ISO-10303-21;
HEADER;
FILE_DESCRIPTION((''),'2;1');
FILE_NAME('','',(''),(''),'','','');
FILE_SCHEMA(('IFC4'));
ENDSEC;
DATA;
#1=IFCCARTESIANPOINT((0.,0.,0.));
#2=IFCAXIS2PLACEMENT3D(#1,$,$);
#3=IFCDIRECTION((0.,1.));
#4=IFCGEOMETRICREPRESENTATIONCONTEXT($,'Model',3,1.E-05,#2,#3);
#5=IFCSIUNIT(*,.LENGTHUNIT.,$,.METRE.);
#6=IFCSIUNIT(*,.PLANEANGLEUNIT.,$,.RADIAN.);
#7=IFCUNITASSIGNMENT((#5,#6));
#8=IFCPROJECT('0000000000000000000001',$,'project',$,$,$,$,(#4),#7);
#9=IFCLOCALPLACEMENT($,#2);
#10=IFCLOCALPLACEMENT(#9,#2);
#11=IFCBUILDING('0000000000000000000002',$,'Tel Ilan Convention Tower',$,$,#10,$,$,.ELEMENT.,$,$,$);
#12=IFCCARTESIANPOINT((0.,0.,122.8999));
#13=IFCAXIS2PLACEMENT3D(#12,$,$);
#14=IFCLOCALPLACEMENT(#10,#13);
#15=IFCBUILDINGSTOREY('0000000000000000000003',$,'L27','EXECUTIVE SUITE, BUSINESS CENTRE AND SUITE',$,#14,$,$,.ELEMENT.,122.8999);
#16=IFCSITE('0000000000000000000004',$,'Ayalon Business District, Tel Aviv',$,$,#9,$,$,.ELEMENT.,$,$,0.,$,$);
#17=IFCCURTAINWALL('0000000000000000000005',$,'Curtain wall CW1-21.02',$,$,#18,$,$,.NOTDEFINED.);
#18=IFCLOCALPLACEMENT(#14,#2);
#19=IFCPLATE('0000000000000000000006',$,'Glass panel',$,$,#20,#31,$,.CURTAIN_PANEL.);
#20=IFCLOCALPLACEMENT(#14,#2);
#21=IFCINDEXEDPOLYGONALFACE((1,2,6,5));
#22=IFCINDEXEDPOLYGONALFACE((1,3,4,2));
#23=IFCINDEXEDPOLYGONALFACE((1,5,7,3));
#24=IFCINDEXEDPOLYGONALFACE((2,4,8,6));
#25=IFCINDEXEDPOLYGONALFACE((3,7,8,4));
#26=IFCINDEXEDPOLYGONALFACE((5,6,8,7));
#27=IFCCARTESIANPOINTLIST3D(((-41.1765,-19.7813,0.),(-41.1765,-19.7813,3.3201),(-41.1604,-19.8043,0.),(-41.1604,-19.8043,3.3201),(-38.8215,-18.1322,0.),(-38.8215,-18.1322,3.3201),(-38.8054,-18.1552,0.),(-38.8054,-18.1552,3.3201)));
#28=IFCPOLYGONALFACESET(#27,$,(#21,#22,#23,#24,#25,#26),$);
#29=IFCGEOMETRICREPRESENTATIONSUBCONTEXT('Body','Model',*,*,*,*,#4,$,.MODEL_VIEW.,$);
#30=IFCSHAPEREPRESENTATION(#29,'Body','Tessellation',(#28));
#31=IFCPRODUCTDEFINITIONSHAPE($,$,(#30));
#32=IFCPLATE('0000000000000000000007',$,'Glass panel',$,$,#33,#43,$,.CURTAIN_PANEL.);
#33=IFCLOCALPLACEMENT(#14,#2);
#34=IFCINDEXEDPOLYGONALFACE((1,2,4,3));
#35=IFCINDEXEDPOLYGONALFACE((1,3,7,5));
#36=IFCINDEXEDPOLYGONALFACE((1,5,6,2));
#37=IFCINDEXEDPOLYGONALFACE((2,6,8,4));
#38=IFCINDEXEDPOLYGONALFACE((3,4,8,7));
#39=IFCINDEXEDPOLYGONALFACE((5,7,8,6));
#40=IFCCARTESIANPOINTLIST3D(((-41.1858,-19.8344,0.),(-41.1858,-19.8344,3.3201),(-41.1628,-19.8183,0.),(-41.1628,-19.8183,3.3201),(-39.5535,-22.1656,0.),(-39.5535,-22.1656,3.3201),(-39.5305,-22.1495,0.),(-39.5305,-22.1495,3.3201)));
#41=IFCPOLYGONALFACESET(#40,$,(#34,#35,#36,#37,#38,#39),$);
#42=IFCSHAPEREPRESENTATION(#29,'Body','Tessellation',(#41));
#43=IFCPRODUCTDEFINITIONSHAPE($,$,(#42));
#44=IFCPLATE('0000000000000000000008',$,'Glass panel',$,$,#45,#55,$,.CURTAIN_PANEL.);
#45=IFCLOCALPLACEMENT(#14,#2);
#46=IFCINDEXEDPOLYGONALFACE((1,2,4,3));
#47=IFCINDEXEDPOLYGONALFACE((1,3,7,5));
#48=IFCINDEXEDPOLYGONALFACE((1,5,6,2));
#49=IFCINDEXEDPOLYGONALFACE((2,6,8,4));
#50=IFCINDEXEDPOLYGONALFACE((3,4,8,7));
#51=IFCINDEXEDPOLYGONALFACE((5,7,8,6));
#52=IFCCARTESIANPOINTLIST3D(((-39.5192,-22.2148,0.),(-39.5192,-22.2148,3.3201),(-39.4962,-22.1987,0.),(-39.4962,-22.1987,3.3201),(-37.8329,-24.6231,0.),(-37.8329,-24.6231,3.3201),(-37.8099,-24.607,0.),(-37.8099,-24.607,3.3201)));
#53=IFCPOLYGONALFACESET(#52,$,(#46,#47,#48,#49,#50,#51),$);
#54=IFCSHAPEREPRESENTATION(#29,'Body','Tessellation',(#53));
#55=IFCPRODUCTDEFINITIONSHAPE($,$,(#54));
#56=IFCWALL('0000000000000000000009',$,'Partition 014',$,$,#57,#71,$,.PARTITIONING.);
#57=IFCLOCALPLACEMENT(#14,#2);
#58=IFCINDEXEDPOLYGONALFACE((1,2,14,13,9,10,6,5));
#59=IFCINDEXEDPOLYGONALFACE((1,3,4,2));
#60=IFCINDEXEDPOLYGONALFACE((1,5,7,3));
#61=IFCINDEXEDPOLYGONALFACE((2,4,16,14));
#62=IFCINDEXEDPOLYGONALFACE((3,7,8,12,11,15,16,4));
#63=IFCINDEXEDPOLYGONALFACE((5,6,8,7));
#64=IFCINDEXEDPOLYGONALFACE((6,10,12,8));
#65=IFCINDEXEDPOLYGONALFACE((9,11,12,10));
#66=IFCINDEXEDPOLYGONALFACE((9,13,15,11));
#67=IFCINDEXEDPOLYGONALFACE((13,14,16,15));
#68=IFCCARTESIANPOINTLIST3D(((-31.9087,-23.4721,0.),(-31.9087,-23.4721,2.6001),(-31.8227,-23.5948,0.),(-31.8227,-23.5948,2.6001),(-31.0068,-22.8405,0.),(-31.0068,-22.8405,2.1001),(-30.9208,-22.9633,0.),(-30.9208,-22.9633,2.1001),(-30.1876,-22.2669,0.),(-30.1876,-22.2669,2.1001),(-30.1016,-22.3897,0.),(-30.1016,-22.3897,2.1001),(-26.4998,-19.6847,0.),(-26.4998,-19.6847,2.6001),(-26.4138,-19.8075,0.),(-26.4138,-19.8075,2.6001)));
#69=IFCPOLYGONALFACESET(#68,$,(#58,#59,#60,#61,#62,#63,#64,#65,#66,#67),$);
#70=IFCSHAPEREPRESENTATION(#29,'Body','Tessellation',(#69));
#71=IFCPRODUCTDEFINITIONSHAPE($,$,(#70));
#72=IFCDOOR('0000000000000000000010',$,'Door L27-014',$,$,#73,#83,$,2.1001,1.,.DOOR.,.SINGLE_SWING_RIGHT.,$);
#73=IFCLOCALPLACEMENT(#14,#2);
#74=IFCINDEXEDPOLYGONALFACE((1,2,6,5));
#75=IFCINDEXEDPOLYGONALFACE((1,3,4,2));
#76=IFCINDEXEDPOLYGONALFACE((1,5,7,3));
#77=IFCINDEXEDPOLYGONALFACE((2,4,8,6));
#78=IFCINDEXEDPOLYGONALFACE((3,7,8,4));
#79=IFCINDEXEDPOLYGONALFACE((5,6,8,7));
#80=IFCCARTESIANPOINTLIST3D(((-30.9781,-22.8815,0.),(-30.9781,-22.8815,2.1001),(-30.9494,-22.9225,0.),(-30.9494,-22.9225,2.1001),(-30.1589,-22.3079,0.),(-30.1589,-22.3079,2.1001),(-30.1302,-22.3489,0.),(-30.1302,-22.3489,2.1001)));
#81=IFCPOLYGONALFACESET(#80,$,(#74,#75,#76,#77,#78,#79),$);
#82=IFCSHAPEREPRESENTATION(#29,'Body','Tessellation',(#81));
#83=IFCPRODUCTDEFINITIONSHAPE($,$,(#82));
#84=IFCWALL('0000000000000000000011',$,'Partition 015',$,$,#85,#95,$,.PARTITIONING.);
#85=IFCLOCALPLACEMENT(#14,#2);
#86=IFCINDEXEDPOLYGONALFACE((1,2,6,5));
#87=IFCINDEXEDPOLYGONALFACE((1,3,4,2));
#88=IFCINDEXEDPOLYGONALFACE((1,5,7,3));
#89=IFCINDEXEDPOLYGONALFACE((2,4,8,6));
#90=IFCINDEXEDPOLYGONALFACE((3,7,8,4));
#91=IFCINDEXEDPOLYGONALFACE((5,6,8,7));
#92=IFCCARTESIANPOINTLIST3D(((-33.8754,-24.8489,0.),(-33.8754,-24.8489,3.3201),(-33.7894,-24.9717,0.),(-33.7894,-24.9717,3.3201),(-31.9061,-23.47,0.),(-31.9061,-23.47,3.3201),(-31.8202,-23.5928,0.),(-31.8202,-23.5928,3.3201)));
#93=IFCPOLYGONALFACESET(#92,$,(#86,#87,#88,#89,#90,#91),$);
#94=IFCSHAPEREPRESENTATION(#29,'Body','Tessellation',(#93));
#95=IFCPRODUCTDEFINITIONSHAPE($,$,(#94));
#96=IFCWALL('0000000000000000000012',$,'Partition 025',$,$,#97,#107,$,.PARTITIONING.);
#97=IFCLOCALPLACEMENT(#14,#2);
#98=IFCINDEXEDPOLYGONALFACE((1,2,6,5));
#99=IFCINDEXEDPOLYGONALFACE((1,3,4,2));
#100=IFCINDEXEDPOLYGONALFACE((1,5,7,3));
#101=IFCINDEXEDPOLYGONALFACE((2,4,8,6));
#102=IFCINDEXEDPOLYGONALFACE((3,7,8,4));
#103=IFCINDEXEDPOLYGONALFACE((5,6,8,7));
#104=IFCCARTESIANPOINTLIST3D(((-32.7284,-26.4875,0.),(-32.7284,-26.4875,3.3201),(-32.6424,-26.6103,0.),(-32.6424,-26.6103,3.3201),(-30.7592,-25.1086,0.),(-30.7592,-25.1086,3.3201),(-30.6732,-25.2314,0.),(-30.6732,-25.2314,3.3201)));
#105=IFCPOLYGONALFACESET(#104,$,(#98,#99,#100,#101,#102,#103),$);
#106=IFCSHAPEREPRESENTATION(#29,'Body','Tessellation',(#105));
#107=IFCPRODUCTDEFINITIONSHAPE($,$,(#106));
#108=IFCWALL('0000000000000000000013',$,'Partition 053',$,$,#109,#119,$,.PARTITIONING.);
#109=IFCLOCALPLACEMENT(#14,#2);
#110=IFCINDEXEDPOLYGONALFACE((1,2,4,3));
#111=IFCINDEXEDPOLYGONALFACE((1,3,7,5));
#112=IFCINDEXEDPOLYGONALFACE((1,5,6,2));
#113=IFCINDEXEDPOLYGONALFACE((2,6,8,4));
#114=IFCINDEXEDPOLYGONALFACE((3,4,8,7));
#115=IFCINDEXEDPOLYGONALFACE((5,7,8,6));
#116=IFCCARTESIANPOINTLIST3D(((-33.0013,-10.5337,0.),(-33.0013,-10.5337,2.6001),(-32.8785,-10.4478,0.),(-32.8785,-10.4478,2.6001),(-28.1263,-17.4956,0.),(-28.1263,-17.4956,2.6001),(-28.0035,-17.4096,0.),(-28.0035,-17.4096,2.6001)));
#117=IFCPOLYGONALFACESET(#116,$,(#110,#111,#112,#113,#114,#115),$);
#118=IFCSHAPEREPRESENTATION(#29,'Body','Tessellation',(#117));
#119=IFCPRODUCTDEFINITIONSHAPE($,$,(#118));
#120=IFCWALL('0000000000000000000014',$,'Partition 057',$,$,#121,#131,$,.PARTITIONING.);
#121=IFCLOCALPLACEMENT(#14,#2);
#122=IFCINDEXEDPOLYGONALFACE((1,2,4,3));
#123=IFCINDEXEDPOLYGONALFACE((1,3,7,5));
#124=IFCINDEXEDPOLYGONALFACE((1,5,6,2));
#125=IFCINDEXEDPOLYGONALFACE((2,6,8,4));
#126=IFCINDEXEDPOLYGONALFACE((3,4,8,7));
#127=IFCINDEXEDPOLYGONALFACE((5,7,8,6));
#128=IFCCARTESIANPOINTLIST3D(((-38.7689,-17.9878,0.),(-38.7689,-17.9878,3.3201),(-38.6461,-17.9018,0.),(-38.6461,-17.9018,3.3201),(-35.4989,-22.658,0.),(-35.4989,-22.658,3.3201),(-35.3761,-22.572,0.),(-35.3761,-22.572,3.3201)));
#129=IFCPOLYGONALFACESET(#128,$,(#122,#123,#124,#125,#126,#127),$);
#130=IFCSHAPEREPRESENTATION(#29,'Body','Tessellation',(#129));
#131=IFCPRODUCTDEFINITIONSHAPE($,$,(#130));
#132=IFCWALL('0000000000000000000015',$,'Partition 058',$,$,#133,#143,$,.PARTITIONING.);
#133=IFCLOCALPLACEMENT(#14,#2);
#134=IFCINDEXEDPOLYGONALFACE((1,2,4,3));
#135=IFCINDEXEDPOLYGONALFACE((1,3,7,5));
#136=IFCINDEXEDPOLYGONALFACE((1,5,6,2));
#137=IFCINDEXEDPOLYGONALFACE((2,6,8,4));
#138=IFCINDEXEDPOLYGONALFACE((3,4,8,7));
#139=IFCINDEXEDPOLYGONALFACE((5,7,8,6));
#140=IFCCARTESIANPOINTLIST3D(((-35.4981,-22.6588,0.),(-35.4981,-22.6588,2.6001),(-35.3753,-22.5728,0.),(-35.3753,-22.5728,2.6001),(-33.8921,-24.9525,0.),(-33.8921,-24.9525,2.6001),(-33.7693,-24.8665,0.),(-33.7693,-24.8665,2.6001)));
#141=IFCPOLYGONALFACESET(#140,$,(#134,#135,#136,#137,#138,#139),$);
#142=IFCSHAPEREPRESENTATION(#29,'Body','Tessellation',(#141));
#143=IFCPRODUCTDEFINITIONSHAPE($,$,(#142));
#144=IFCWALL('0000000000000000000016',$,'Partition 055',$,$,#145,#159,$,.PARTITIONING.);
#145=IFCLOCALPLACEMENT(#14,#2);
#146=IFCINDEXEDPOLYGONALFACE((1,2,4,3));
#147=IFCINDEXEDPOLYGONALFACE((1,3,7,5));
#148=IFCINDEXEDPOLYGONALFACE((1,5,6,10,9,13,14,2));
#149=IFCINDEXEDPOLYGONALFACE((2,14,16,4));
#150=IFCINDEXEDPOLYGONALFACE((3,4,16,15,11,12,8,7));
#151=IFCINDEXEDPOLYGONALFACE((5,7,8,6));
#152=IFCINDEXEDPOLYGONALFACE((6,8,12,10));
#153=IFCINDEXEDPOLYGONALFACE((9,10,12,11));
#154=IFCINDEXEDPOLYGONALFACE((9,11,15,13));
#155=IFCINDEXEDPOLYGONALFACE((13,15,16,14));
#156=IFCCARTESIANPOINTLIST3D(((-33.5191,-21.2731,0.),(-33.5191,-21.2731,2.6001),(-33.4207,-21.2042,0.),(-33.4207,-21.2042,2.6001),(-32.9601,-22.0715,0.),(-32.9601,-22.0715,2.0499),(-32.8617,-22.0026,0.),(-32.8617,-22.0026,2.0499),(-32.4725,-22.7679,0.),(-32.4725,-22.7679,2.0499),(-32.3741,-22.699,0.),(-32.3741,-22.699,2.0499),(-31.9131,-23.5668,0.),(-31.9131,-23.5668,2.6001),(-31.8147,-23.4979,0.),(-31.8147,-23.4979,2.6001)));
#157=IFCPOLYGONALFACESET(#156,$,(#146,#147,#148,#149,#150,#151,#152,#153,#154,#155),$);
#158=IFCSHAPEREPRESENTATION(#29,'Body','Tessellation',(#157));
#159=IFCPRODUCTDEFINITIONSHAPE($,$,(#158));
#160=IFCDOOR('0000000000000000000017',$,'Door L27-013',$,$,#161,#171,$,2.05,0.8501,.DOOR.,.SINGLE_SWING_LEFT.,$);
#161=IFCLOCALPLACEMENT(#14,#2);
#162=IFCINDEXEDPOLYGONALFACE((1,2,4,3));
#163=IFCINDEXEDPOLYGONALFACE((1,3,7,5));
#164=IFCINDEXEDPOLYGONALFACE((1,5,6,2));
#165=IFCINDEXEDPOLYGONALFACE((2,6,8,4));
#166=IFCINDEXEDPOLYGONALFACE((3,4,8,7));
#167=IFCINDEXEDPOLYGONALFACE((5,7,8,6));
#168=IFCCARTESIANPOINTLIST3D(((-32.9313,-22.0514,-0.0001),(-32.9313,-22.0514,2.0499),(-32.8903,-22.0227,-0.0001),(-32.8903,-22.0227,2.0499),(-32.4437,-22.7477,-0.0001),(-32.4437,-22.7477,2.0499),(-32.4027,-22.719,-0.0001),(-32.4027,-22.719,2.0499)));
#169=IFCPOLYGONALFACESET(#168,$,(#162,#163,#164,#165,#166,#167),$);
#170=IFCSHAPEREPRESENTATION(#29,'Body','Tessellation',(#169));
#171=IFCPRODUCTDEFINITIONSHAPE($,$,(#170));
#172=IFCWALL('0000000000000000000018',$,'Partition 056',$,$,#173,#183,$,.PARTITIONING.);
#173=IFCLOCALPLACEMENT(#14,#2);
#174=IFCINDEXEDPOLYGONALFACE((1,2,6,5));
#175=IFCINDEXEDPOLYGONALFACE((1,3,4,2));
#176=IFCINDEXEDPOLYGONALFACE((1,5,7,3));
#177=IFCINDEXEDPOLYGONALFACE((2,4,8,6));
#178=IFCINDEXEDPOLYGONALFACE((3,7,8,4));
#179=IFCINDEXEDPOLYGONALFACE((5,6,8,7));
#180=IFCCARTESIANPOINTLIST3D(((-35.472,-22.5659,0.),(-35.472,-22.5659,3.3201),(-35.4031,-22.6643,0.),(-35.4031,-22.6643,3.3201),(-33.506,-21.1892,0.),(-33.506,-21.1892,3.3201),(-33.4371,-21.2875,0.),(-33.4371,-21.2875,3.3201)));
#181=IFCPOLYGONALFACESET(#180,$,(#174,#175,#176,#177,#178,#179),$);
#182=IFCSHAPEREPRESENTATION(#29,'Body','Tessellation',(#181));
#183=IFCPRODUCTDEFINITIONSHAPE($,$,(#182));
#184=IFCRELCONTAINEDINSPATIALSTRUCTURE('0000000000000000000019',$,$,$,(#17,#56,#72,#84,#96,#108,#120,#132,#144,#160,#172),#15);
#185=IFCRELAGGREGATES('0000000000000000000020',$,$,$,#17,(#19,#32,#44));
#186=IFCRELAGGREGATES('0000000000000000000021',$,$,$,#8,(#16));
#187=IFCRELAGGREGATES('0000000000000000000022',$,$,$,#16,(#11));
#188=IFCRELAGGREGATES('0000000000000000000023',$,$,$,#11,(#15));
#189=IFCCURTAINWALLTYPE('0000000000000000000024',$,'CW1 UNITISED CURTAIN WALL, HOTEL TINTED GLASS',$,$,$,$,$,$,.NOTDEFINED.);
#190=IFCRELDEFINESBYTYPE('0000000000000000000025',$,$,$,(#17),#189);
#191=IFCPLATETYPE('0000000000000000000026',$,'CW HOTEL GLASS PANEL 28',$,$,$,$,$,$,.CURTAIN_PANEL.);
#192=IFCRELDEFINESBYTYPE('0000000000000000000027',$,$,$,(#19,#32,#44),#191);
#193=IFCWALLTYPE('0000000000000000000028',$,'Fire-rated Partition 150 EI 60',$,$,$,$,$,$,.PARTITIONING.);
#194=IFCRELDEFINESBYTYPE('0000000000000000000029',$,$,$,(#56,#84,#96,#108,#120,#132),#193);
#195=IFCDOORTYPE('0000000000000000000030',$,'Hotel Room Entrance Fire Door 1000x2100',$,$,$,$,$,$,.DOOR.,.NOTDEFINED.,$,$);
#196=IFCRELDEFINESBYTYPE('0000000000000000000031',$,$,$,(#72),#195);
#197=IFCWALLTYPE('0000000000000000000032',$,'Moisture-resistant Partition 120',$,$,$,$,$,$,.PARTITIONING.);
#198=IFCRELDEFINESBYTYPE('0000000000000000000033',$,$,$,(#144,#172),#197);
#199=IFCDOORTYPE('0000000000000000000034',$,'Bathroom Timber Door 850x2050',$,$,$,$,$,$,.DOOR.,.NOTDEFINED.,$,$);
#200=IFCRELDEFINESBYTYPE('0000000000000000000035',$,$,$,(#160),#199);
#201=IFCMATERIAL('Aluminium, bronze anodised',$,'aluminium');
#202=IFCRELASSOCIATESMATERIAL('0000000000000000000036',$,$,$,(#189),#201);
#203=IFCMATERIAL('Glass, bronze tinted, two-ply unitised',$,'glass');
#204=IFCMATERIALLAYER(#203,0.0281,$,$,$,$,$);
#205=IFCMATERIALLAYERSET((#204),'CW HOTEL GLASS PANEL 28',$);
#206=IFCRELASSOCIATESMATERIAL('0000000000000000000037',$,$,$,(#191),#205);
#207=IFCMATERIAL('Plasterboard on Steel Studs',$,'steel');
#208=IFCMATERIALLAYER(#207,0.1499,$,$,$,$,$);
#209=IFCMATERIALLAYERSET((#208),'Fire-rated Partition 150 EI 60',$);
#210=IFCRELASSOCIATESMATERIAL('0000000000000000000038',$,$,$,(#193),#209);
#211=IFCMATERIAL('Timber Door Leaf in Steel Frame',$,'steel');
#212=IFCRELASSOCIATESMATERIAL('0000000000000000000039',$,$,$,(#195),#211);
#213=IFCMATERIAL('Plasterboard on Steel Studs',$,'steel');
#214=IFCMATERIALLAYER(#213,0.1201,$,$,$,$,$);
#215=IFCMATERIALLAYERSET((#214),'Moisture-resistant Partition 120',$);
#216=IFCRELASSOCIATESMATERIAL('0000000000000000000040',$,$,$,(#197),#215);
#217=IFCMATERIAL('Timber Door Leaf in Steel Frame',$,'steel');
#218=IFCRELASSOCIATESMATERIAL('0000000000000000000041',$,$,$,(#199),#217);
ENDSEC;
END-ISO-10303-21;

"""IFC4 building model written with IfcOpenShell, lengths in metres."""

from ifc_helpers import new_model, si_unit, direction, frame, frame_2d, origin, origin_2d, place, context, subcontext, project, spatial, rectangle, extrude, material, layer, layer_set, type_object, element, fill, aggregate, save


model = new_model("IFC4")

# Units and contexts
model_context = context("Model", 3, precision=1e-05, world=origin(), true_north=direction((0.0, 1.0)))
body_context = subcontext(model_context, "Body", "Model", "MODEL_VIEW")
ifc_project = project(units=[si_unit("LENGTHUNIT", "METRE"), si_unit("PLANEANGLEUNIT", "RADIAN")], contexts=[model_context])

# Site, building, storey
site_placement = place(None, origin())
site = spatial("IfcSite", under=ifc_project, at=site_placement, Name="Ayalon Business District, Tel Aviv", CompositionType="ELEMENT", RefElevation=0.0)
building_placement = place(site_placement, origin())
building = spatial("IfcBuilding", under=site, at=building_placement, Name="Tel Ilan Convention Tower", CompositionType="ELEMENT")
storey_placement = place(building_placement, frame((0.0, 0.0, 122.8999)))
storey = spatial("IfcBuildingStorey", under=building, at=storey_placement, Name="L27", Description="EXECUTIVE SUITE, BUSINESS CENTRE AND SUITE", CompositionType="ELEMENT", Elevation=122.8999)

# Curtain wall, plates
ifc_material_1 = material(Name="Aluminium, bronze anodised", Category="aluminium")
curtain_wall_type = type_object("IfcCurtainWallType", Name="CW1 UNITISED CURTAIN WALL, HOTEL TINTED GLASS", PredefinedType="NOTDEFINED", material=ifc_material_1)
curtain_wall_placement = place(storey_placement, origin())
curtain_wall = element("IfcCurtainWall", 1, at=curtain_wall_placement, inside=storey, type_object=curtain_wall_type, Name="Curtain wall CW1-21.02", PredefinedType="NOTDEFINED")
ifc_material_2 = material(Name="Glass, bronze tinted, two-ply unitised", Category="glass")
ifc_layer_1 = layer(ifc_material_2, 0.0281)
ifc_layer_set_1 = layer_set([ifc_layer_1], Name="CW HOTEL GLASS PANEL 28")
plate_type = type_object("IfcPlateType", Name="CW HOTEL GLASS PANEL 28", PredefinedType="CURTAIN_PANEL", material=ifc_layer_set_1)
plate_1_placement = place(storey_placement, frame((-39.991, -18.9683, 0.0), z_axis=(0.0, 0.0, 1.0), x_axis=(-0.819152, -0.573576, 0.0)))
plate_1 = element("IfcPlate", 2, at=plate_1_placement, type_object=plate_type, Name="Glass panel", PredefinedType="CURTAIN_PANEL", context=body_context, shape_type="SweptSolid", body=[
    extrude(rectangle(XDim=2.875, YDim=0.0281, at=origin_2d()), origin(), (0.0, 0.0, 1.0), 3.3201),
])
plate_2_placement = place(storey_placement, frame((-40.3582, -20.9919, 0.0), z_axis=(0.0, 0.0, 1.0), x_axis=(0.573576, -0.819152, 0.0)))
plate_2 = element("IfcPlate", 3, at=plate_2_placement, type_object=plate_type, Name="Glass panel", PredefinedType="CURTAIN_PANEL", context=body_context, shape_type="SweptSolid", body=[
    extrude(rectangle(XDim=2.8459, YDim=0.0281, at=origin_2d()), origin(), (0.0, 0.0, 1.0), 3.3201),
])
plate_3_placement = place(storey_placement, frame((-38.6646, -23.4109, 0.0), z_axis=(0.0, 0.0, 1.0), x_axis=(0.573576, -0.819152, 0.0)))
plate_3 = element("IfcPlate", 4, at=plate_3_placement, type_object=plate_type, Name="Glass panel", PredefinedType="CURTAIN_PANEL", context=body_context, shape_type="SweptSolid", body=[
    extrude(rectangle(XDim=2.9399, YDim=0.0281, at=origin_2d()), origin(), (0.0, 0.0, 1.0), 3.3201),
])
aggregate(curtain_wall, [plate_1, plate_2, plate_3])

# Wall, opening, door
ifc_material_3 = material(Name="Plasterboard on Steel Studs", Category="steel")
ifc_layer_2 = layer(ifc_material_3, 0.1499)
ifc_layer_set_2 = layer_set([ifc_layer_2], Name="Fire-rated Partition 150 EI 60")
wall_type_1 = type_object("IfcWallType", Name="Fire-rated Partition 150 EI 60", PredefinedType="PARTITIONING", material=ifc_layer_set_2)
wall_1_placement = place(storey_placement, frame((-31.8657, -23.5334, 0.0), z_axis=(0.0, 0.0, 1.0), x_axis=(0.819154, 0.573574, 0.0)))
wall_1 = element("IfcWall", 5, at=wall_1_placement, inside=storey, type_object=wall_type_1, Name="Partition 014", PredefinedType="PARTITIONING", context=body_context, shape_type="SweptSolid", body=[
    extrude(rectangle(XDim=6.603, YDim=0.1499, at=frame_2d((3.3015, 0.0))), origin(), (0.0, 0.0, 1.0), 2.6001),
])
opening_1_placement = place(wall_1_placement, frame((1.1011, 0.0, 0.0)))
opening_1 = element("IfcOpeningElement", 6, at=opening_1_placement, cuts=wall_1, PredefinedType="OPENING", context=body_context, shape_type="SweptSolid", body=[
    extrude(rectangle(XDim=1.0, YDim=2.1001, at=frame_2d((0.5, 1.05))), frame((0.0, 0.085, 0.0), z_axis=(0.0, -1.0, 0.0), x_axis=(1.0, 0.0, 0.0)), (0.0, 0.0, 1.0), 0.1699),
])
ifc_material_4 = material(Name="Timber Door Leaf in Steel Frame", Category="steel")
door_type_1 = type_object("IfcDoorType", Name="Hotel Room Entrance Fire Door 1000x2100", OperationType="NOTDEFINED", PredefinedType="DOOR", material=ifc_material_4)
door_1_placement = place(opening_1_placement, origin())
door_1 = element("IfcDoor", 7, at=door_1_placement, inside=storey, type_object=door_type_1, Name="Door L27-014", OperationType="SINGLE_SWING_RIGHT", OverallHeight=2.1001, OverallWidth=1.0, PredefinedType="DOOR", context=body_context, shape_type="SweptSolid", body=[
    extrude(rectangle(XDim=1.0, YDim=2.1001, at=frame_2d((0.5, 1.05))), frame((0.0, 0.0249, 0.0), z_axis=(0.0, -1.0, 0.0), x_axis=(1.0, 0.0, 0.0)), (0.0, 0.0, 1.0), 0.05),
])
fill(opening_1, door_1)

# Walls
for number, where, z_axis, x_axis, name in (
    (8, (-33.8325, -24.9104, 0.0), (0.0, 0.0, 1.0), (0.819146, 0.573585, 0.0), "Partition 015"),
    (9, (-30.7161, -25.1699, 0.0), (0.0, 0.0, 1.0), (-0.819146, -0.573585, 0.0), "Partition 025"),
):
    element("IfcWall", number, at=place(storey_placement, frame(where, z_axis=z_axis, x_axis=x_axis)), inside=storey, type_object=wall_type_1, Name=name, PredefinedType="PARTITIONING", context=body_context, shape_type="SweptSolid", body=[
        extrude(rectangle(XDim=2.4041, YDim=0.1499, at=frame_2d((1.2021, 0.0))), origin(), (0.0, 0.0, 1.0), 3.3201),
    ])
wall_2_placement = place(storey_placement, frame((-28.0649, -17.4526, 0.0), z_axis=(0.0, 0.0, 1.0), x_axis=(-0.573593, 0.81914, 0.0)))
element("IfcWall", 10, at=wall_2_placement, inside=storey, type_object=wall_type_1, Name="Partition 053", PredefinedType="PARTITIONING", context=body_context, shape_type="SweptSolid", body=[
    extrude(rectangle(XDim=8.499, YDim=0.1499, at=frame_2d((4.2495, 0.0))), origin(), (0.0, 0.0, 1.0), 2.6001),
])
wall_3_placement = place(storey_placement, frame((-35.4375, -22.615, 0.0), z_axis=(0.0, 0.0, 1.0), x_axis=(-0.573569, 0.819157, 0.0)))
element("IfcWall", 11, at=wall_3_placement, inside=storey, type_object=wall_type_1, Name="Partition 057", PredefinedType="PARTITIONING", context=body_context, shape_type="SweptSolid", body=[
    extrude(rectangle(XDim=5.7012, YDim=0.1499, at=frame_2d((2.8506, 0.0))), origin(), (0.0, 0.0, 1.0), 3.3201),
])
wall_4_placement = place(storey_placement, frame((-33.8308, -24.9094, 0.0), z_axis=(0.0, 0.0, 1.0), x_axis=(-0.57355, 0.81917, 0.0)))
element("IfcWall", 12, at=wall_4_placement, inside=storey, type_object=wall_type_1, Name="Partition 058", PredefinedType="PARTITIONING", context=body_context, shape_type="SweptSolid", body=[
    extrude(rectangle(XDim=2.8, YDim=0.1499, at=frame_2d((1.3999, 0.0))), origin(), (0.0, 0.0, 1.0), 2.6001),
])

# Wall, opening, door
ifc_material_5 = material(Name="Plasterboard on Steel Studs", Category="steel")
ifc_layer_3 = layer(ifc_material_5, 0.1201)
ifc_layer_set_3 = layer_set([ifc_layer_3], Name="Moisture-resistant Partition 120")
wall_type_2 = type_object("IfcWallType", Name="Moisture-resistant Partition 120", PredefinedType="PARTITIONING", material=ifc_layer_set_3)
wall_5_placement = place(storey_placement, frame((-31.864, -23.5322, 0.0), z_axis=(0.0, 0.0, 1.0), x_axis=(-0.57355, 0.81917, 0.0)))
wall_5 = element("IfcWall", 13, at=wall_5_placement, inside=storey, type_object=wall_type_2, Name="Partition 055", PredefinedType="PARTITIONING", context=body_context, shape_type="SweptSolid", body=[
    extrude(rectangle(XDim=2.8, YDim=0.1201, at=frame_2d((1.3999, 0.0))), origin(), (0.0, 0.0, 1.0), 2.6001),
])
opening_2_placement = place(wall_5_placement, frame((0.9751, 0.0, 0.0)))
opening_2 = element("IfcOpeningElement", 14, at=opening_2_placement, cuts=wall_5, PredefinedType="OPENING", context=body_context, shape_type="SweptSolid", body=[
    extrude(rectangle(XDim=0.8501, YDim=2.05, at=frame_2d((0.425, 1.0249))), frame((0.0, 0.0701, 0.0), z_axis=(0.0, -1.0, 0.0), x_axis=(1.0, 0.0, 0.0)), (0.0, 0.0, 1.0), 0.1401),
])
ifc_material_6 = material(Name="Timber Door Leaf in Steel Frame", Category="steel")
door_type_2 = type_object("IfcDoorType", Name="Bathroom Timber Door 850x2050", OperationType="NOTDEFINED", PredefinedType="DOOR", material=ifc_material_6)
door_2_placement = place(opening_2_placement, origin())
door_2 = element("IfcDoor", 15, at=door_2_placement, inside=storey, type_object=door_type_2, Name="Door L27-013", OperationType="SINGLE_SWING_LEFT", OverallHeight=2.05, OverallWidth=0.8501, PredefinedType="DOOR", context=body_context, shape_type="SweptSolid", body=[
    extrude(rectangle(XDim=0.8501, YDim=2.05, at=frame_2d((0.425, 1.0249))), frame((0.0, 0.0249, 0.0), z_axis=(0.0, -1.0, 0.0), x_axis=(1.0, 0.0, 0.0)), (0.0, 0.0, 1.0), 0.05),
])
fill(opening_2, door_2)

# Wall
wall_6_placement = place(storey_placement, frame((-33.4714, -21.2383, 0.0), z_axis=(0.0, 0.0, 1.0), x_axis=(-0.819141, -0.573592, 0.0)))
element("IfcWall", 16, at=wall_6_placement, inside=storey, type_object=wall_type_2, Name="Partition 056", PredefinedType="PARTITIONING", context=body_context, shape_type="SweptSolid", body=[
    extrude(rectangle(XDim=2.4001, YDim=0.1201, at=frame_2d((1.2002, 0.0))), origin(), (0.0, 0.0, 1.0), 3.3201),
])

save(model, "model.ifc")
